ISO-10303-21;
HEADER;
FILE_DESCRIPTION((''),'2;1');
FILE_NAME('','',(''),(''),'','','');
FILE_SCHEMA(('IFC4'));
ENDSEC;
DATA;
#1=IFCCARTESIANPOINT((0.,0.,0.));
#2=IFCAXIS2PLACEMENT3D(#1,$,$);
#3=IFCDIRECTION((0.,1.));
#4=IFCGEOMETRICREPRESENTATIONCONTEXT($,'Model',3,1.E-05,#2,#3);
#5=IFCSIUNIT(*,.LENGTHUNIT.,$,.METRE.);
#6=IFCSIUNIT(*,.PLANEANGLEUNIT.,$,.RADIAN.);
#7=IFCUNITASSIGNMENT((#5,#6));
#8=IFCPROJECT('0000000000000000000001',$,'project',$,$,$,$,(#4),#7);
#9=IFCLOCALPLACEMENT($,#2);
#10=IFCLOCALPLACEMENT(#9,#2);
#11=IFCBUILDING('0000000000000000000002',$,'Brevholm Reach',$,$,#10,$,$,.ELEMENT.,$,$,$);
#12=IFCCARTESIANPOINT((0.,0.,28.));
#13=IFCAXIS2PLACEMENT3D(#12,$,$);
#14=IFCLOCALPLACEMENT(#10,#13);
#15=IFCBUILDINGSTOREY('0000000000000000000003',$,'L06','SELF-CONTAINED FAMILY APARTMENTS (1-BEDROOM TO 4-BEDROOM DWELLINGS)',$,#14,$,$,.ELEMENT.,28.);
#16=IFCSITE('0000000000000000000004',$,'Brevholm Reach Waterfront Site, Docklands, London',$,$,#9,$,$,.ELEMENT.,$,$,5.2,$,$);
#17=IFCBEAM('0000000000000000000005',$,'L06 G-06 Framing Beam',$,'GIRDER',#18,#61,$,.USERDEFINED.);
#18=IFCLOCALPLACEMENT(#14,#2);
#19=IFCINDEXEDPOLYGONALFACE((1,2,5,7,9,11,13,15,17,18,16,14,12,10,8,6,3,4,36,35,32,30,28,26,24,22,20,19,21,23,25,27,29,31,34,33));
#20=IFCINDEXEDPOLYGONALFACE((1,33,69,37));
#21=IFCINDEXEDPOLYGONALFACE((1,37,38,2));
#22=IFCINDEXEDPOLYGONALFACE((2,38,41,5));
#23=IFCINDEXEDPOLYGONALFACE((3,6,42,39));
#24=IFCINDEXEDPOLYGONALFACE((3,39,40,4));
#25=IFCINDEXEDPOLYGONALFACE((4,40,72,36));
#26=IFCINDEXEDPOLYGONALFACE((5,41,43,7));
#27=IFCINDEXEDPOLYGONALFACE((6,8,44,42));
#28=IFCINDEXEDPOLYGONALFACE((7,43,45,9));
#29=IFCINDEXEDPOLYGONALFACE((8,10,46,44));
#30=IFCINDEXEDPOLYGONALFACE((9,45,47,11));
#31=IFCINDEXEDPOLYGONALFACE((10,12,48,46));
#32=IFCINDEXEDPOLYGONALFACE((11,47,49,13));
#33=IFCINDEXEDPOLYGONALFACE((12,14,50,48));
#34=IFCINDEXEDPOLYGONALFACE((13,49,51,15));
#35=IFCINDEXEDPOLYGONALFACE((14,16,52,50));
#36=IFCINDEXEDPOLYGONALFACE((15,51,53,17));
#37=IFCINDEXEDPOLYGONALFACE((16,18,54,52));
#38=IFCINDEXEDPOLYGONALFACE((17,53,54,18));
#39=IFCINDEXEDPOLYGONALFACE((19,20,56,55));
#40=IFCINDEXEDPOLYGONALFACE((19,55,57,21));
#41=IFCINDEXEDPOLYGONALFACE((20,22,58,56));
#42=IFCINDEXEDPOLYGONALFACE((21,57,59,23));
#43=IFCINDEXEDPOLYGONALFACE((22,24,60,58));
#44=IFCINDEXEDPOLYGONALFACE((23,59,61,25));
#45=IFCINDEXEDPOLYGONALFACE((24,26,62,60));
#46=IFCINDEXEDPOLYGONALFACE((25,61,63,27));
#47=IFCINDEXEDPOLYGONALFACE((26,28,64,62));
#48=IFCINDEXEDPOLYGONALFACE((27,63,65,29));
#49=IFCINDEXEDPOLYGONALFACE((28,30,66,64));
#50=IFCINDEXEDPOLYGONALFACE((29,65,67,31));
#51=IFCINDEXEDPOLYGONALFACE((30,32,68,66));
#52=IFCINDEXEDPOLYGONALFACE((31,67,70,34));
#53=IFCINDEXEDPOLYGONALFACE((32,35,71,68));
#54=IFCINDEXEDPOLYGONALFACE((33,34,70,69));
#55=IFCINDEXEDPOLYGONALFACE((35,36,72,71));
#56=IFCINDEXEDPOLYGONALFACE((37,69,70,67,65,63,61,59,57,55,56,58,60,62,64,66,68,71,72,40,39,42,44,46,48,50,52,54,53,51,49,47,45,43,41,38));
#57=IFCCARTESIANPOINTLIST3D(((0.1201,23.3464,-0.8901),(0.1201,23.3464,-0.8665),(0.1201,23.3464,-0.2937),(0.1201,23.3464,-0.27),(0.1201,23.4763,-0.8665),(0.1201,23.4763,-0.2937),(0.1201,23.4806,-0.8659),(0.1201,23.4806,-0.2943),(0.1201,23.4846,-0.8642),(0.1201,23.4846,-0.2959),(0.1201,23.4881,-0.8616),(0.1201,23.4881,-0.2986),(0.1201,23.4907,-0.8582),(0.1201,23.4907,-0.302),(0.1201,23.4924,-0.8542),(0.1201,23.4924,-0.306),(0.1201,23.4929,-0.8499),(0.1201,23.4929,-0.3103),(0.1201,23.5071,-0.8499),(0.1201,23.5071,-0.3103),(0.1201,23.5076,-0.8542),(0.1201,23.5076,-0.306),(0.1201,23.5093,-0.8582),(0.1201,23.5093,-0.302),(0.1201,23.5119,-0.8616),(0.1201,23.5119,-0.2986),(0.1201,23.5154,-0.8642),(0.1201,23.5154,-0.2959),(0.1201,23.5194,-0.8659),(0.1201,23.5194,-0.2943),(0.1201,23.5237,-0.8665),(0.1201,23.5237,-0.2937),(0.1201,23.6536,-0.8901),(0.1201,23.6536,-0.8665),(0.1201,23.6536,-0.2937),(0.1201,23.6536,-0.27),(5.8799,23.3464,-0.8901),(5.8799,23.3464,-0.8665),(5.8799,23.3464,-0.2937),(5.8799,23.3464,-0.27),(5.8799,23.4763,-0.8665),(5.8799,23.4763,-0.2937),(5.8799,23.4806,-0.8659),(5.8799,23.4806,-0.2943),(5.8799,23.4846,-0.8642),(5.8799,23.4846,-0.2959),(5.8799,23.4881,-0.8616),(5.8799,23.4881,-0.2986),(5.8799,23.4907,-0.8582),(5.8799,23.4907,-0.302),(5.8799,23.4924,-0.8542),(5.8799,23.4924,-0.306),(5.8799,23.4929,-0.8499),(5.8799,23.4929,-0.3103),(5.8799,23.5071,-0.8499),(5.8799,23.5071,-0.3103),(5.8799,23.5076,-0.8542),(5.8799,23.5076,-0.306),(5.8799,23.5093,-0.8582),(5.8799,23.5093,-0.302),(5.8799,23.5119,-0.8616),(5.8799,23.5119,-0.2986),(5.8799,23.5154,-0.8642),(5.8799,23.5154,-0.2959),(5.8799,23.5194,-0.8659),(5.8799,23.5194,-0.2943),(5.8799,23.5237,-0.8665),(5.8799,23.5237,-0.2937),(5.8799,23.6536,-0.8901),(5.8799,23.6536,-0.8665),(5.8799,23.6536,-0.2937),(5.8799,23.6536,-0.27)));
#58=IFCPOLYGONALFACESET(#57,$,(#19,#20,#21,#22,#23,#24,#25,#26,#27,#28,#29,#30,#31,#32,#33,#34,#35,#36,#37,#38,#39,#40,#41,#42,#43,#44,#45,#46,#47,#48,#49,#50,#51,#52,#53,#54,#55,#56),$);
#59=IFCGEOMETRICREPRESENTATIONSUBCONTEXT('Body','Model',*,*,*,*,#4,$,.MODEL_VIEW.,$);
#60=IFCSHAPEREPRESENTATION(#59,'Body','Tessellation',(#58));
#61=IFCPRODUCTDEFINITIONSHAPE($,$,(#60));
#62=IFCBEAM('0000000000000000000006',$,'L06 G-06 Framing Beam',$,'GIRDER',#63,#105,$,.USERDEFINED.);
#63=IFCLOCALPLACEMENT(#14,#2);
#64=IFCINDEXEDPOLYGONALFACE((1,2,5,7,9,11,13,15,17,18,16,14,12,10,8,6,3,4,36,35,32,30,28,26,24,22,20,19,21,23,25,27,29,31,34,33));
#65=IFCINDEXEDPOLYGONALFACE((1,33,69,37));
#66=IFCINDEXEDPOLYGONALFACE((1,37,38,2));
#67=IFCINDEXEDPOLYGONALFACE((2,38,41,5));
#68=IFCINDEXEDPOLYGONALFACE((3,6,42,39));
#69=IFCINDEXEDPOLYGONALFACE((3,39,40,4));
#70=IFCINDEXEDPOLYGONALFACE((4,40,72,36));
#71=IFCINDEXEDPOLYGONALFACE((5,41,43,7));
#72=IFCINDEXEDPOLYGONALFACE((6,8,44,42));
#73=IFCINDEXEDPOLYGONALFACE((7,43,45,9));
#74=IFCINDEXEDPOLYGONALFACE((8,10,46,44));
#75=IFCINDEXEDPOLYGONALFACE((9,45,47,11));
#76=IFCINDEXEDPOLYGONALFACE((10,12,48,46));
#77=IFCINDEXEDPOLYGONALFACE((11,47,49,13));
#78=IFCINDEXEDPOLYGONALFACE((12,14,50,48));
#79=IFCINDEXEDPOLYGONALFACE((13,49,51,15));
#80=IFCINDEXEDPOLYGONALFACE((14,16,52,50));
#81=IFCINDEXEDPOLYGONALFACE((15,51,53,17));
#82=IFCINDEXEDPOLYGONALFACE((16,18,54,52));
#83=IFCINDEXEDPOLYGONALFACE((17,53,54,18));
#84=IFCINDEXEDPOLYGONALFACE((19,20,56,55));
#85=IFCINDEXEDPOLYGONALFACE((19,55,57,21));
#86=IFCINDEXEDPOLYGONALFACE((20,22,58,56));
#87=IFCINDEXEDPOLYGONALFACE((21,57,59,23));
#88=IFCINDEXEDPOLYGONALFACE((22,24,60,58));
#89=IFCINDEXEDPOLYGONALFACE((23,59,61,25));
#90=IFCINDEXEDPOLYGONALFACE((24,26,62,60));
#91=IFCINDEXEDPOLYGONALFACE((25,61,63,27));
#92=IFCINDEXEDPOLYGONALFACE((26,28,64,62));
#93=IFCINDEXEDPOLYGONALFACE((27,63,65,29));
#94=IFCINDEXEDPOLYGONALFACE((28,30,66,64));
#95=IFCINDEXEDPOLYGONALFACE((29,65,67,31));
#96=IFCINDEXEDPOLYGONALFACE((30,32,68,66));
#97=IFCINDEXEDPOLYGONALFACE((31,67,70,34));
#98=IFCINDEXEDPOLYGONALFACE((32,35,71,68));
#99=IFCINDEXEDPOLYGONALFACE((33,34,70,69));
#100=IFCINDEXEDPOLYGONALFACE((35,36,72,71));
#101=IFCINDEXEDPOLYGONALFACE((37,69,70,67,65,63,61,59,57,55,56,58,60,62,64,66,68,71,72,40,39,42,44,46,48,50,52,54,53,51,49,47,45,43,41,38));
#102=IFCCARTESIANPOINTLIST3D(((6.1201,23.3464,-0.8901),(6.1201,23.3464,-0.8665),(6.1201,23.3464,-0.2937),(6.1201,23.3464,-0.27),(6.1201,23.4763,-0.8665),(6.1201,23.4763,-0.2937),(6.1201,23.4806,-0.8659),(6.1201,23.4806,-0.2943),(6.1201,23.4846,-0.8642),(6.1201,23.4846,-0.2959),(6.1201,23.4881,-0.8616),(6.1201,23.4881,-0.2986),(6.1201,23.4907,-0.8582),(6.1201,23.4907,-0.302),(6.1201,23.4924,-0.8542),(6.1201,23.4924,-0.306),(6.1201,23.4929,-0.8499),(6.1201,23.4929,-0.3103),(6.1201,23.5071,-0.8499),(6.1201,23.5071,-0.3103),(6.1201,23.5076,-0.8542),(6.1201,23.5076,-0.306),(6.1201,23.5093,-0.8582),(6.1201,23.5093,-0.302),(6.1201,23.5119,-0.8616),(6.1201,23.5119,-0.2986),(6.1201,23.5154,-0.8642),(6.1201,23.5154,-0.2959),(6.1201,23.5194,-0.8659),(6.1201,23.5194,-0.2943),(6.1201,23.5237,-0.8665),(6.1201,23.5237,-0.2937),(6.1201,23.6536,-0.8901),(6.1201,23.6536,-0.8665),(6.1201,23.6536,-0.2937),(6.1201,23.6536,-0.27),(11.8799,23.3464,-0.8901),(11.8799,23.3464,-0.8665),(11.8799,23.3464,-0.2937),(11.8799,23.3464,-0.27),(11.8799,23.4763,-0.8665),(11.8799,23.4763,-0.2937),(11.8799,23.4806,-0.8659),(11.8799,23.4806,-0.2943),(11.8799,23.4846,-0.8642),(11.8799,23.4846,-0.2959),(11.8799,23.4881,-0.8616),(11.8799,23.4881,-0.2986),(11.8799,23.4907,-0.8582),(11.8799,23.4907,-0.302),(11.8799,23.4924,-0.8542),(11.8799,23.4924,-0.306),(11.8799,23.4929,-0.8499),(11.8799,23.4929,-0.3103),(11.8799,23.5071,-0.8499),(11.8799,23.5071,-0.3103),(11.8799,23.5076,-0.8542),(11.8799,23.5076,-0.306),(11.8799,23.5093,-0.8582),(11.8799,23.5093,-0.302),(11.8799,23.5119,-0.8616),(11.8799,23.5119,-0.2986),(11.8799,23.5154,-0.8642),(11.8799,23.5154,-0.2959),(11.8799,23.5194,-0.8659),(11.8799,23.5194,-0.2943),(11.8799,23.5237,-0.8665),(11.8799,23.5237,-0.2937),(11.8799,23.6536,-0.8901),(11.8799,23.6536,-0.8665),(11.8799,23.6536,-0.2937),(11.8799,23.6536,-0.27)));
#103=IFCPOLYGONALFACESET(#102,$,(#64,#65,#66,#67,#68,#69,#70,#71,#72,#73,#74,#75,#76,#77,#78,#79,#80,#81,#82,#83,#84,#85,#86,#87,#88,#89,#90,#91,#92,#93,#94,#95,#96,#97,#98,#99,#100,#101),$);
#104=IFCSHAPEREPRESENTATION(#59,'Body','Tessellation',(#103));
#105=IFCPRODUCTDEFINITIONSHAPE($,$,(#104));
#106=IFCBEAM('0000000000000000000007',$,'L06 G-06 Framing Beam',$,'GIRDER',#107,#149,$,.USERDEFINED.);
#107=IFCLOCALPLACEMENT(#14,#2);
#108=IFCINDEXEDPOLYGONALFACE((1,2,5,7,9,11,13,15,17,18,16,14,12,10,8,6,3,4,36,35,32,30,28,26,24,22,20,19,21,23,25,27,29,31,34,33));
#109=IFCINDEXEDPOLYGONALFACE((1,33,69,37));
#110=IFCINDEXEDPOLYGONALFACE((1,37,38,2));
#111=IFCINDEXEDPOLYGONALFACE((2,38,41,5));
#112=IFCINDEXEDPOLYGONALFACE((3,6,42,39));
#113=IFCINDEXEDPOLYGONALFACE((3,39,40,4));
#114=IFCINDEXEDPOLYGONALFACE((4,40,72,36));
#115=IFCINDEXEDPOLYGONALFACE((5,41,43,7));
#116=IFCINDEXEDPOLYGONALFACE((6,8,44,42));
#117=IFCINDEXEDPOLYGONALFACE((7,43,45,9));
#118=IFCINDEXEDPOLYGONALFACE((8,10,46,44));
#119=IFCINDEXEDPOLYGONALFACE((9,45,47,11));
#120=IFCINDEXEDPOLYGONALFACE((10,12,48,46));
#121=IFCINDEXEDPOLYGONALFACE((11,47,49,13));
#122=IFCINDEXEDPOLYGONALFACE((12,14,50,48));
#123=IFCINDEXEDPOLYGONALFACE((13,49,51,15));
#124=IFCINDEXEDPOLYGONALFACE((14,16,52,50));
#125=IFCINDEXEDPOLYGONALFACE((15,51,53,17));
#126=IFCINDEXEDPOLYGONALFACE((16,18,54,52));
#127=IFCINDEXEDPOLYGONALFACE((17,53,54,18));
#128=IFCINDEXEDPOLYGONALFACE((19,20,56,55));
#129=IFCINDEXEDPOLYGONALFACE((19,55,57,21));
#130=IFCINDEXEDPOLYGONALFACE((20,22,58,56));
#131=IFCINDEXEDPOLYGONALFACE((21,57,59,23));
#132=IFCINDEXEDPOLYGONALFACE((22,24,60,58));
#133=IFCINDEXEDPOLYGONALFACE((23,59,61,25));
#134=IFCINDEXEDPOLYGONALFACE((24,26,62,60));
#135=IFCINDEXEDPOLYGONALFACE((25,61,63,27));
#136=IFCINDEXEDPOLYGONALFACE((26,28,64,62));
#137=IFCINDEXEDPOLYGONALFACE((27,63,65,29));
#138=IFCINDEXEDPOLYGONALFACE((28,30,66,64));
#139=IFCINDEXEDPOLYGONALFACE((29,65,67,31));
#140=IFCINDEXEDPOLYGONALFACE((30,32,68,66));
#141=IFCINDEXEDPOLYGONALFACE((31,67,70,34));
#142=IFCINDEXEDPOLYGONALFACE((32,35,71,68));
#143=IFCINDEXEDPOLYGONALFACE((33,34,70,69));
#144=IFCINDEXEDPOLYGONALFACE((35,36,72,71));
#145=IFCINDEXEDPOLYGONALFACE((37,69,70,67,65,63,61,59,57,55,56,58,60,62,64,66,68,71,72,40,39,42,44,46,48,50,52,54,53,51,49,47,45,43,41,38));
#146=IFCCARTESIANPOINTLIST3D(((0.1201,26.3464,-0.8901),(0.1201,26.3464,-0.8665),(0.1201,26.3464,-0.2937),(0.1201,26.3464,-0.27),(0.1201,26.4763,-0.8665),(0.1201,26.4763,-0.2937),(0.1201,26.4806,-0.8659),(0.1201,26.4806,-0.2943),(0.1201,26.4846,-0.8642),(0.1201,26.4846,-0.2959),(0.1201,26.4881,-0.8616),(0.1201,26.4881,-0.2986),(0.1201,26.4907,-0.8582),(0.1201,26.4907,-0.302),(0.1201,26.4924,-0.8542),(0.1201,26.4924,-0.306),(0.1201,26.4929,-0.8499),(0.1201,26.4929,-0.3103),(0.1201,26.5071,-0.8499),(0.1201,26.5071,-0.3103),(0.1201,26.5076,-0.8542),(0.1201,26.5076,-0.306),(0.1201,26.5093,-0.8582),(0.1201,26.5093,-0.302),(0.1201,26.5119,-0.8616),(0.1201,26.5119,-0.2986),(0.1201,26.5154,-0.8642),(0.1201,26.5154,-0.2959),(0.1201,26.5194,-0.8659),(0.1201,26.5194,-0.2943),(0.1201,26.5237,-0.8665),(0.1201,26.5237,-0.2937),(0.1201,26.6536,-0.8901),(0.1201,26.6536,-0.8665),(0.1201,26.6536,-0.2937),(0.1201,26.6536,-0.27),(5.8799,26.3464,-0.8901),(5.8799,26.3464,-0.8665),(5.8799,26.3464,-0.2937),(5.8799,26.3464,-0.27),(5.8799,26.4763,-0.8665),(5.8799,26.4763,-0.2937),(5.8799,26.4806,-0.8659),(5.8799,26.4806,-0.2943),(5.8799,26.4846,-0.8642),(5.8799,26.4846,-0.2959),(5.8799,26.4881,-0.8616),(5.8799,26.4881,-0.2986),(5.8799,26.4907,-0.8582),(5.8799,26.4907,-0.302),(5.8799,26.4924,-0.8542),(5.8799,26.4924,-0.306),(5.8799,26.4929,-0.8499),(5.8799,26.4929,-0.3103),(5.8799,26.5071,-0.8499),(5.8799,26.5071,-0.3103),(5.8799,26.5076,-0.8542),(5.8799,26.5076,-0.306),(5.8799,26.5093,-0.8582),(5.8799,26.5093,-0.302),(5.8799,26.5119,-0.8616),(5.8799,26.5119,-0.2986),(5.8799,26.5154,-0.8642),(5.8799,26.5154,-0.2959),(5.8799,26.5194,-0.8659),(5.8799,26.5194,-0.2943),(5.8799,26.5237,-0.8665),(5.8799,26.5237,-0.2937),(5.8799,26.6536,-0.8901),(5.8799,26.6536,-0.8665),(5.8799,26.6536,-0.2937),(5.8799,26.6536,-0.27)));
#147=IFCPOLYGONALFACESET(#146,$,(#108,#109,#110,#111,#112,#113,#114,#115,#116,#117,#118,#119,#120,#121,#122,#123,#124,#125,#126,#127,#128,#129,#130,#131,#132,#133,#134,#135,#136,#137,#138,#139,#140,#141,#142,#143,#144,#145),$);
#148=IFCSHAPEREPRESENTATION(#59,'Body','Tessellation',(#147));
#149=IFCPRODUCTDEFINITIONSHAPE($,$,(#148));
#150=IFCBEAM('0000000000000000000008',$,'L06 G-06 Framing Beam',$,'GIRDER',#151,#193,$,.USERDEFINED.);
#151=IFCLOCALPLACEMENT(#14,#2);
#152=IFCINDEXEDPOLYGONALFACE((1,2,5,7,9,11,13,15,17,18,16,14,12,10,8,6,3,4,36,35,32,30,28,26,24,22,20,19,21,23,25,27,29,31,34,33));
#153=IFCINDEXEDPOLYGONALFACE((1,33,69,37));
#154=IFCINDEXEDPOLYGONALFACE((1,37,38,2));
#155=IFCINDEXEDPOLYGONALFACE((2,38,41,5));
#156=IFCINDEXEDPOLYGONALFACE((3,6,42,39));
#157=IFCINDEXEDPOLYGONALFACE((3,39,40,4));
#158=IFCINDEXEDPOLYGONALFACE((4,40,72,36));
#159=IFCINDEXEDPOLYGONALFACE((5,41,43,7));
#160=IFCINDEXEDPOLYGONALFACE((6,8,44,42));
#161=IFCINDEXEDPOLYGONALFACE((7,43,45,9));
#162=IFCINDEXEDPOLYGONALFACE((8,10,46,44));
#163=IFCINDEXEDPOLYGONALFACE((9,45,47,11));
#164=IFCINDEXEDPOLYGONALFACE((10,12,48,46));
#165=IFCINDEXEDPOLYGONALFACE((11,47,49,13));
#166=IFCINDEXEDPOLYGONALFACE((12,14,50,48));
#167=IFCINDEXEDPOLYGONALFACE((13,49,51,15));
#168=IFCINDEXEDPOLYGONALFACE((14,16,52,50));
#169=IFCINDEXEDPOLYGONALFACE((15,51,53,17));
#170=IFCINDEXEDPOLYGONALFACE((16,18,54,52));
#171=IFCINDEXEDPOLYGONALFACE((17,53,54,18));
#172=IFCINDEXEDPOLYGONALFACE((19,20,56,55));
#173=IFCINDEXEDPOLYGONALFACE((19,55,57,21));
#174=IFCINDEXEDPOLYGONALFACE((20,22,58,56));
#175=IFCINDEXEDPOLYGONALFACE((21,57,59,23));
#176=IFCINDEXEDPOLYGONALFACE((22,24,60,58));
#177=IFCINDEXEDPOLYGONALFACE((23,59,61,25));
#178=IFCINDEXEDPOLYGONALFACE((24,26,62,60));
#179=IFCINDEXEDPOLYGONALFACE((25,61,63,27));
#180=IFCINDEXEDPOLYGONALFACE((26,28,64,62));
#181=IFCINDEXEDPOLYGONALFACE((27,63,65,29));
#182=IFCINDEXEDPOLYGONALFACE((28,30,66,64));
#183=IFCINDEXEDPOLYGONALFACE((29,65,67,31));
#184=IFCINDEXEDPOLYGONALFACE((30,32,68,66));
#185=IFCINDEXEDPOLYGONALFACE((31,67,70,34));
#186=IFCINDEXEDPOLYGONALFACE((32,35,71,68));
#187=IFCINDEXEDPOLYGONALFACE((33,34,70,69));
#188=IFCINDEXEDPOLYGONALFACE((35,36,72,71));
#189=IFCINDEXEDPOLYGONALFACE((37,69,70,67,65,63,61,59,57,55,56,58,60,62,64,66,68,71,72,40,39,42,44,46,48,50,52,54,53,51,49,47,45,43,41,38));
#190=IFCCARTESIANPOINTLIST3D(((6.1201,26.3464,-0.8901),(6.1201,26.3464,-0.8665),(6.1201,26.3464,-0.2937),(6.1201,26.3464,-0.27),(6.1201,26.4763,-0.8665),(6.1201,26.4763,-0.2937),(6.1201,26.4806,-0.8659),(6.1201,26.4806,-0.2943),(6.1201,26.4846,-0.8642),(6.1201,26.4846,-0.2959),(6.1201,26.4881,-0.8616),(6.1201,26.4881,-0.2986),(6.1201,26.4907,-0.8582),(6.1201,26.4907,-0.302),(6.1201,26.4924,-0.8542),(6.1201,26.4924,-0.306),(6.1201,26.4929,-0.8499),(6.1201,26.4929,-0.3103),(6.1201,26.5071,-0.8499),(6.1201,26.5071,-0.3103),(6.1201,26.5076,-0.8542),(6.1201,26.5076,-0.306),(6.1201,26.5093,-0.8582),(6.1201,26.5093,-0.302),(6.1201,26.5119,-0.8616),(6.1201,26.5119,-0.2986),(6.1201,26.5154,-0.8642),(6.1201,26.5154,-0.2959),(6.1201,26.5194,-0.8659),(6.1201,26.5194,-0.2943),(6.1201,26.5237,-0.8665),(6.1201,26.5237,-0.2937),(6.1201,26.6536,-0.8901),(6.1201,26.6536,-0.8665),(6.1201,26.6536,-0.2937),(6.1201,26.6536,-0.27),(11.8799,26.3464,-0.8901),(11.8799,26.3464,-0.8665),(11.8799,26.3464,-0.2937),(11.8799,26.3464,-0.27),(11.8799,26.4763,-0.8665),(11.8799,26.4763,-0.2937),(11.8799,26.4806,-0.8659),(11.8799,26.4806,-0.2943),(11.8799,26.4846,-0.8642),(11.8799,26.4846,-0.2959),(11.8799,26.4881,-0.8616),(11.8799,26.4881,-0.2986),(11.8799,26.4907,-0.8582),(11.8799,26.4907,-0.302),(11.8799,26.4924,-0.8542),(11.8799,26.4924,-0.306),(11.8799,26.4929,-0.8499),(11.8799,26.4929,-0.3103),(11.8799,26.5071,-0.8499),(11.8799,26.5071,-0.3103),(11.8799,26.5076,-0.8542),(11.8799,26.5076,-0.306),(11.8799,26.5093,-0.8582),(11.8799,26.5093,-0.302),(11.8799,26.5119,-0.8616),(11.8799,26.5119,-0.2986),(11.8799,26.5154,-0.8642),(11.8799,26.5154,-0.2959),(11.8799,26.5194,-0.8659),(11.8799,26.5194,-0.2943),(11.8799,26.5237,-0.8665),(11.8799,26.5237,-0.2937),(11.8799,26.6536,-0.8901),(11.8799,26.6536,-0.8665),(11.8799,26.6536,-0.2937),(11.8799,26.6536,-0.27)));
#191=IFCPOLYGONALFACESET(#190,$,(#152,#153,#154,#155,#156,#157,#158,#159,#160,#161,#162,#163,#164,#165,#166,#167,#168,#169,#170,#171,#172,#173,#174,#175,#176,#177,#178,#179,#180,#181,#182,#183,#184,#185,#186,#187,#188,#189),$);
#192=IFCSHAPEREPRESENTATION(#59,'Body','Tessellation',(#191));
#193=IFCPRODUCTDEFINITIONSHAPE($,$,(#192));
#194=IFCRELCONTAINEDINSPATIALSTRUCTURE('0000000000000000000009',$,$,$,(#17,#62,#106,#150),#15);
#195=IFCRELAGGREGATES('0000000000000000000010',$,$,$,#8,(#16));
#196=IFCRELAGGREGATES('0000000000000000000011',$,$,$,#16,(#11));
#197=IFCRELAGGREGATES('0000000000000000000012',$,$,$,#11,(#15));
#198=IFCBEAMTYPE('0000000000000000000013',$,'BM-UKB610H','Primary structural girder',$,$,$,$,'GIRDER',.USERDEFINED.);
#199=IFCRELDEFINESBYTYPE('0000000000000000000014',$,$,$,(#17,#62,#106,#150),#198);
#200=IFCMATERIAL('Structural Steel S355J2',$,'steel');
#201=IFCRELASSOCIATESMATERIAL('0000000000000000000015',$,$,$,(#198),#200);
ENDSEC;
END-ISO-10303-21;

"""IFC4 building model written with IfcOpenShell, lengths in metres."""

from ifc_helpers import new_model, si_unit, direction, frame, origin, origin_2d, place, context, subcontext, project, spatial, i_section, extrude, material, material_profile, profile_set, type_object, element, save


model = new_model("IFC4")

# Units and contexts
model_context = context("Model", 3, precision=1e-05, world=origin(), true_north=direction((0.0, 1.0)))
body_context = subcontext(model_context, "Body", "Model", "MODEL_VIEW")
ifc_project = project(units=[si_unit("LENGTHUNIT", "METRE"), si_unit("PLANEANGLEUNIT", "RADIAN")], contexts=[model_context])

# Site, building, storey
site_placement = place(None, origin())
site = spatial("IfcSite", under=ifc_project, at=site_placement, Name="Brevholm Reach Waterfront Site, Docklands, London", CompositionType="ELEMENT", RefElevation=5.2)
building_placement = place(site_placement, origin())
building = spatial("IfcBuilding", under=site, at=building_placement, Name="Brevholm Reach", CompositionType="ELEMENT")
storey_placement = place(building_placement, frame((0.0, 0.0, 28.0)))
storey = spatial("IfcBuildingStorey", under=building, at=storey_placement, Name="L06", Description="SELF-CONTAINED FAMILY APARTMENTS (1-BEDROOM TO 4-BEDROOM DWELLINGS)", CompositionType="ELEMENT", Elevation=28.0)

# Beams
ifc_material_1 = material(Name="Structural Steel S355J2", Category="steel")
ifc_material_profile_1 = material_profile(ifc_material_1, i_section(OverallWidth=0.3071, OverallDepth=0.6201, WebThickness=0.0142, FlangeThickness=0.0237, FilletRadius=0.0166, at=origin_2d()), Name="UKB 610x305x179")
ifc_profile_set_1 = profile_set([ifc_material_profile_1], Name="Structural Steel S355J2")
beam_type_1 = type_object("IfcBeamType", Name="BM-UKB610H", Description="Primary structural girder", ElementType="GIRDER", PredefinedType="USERDEFINED", material=ifc_profile_set_1)
for number, where, z_axis, x_axis, name in (
    (1, (0.1201, 23.5, -0.5801), (1.0, 0.0, 0.0), (0.0, 1.0, 0.0), "L06 G-06 Framing Beam"),
    (2, (6.1201, 23.5, -0.5801), (1.0, 0.0, 0.0), (0.0, 1.0, 0.0), "L06 G-06 Framing Beam"),
    (3, (0.1201, 26.5, -0.5801), (1.0, 0.0, 0.0), (0.0, 1.0, 0.0), "L06 G-06 Framing Beam"),
    (4, (6.1201, 26.5, -0.5801), (1.0, 0.0, 0.0), (0.0, 1.0, 0.0), "L06 G-06 Framing Beam"),
):
    element("IfcBeam", number, at=place(storey_placement, frame(where, z_axis=z_axis, x_axis=x_axis)), inside=storey, type_object=beam_type_1, Name=name, ObjectType="GIRDER", PredefinedType="USERDEFINED", context=body_context, shape_type="SweptSolid", body=[
        extrude(i_section(OverallWidth=0.3071, OverallDepth=0.6201, WebThickness=0.0142, FlangeThickness=0.0237, FilletRadius=0.0166, at=origin_2d()), origin(), (0.0, 0.0, 1.0), 5.7598),
    ])

save(model, "model.ifc")
